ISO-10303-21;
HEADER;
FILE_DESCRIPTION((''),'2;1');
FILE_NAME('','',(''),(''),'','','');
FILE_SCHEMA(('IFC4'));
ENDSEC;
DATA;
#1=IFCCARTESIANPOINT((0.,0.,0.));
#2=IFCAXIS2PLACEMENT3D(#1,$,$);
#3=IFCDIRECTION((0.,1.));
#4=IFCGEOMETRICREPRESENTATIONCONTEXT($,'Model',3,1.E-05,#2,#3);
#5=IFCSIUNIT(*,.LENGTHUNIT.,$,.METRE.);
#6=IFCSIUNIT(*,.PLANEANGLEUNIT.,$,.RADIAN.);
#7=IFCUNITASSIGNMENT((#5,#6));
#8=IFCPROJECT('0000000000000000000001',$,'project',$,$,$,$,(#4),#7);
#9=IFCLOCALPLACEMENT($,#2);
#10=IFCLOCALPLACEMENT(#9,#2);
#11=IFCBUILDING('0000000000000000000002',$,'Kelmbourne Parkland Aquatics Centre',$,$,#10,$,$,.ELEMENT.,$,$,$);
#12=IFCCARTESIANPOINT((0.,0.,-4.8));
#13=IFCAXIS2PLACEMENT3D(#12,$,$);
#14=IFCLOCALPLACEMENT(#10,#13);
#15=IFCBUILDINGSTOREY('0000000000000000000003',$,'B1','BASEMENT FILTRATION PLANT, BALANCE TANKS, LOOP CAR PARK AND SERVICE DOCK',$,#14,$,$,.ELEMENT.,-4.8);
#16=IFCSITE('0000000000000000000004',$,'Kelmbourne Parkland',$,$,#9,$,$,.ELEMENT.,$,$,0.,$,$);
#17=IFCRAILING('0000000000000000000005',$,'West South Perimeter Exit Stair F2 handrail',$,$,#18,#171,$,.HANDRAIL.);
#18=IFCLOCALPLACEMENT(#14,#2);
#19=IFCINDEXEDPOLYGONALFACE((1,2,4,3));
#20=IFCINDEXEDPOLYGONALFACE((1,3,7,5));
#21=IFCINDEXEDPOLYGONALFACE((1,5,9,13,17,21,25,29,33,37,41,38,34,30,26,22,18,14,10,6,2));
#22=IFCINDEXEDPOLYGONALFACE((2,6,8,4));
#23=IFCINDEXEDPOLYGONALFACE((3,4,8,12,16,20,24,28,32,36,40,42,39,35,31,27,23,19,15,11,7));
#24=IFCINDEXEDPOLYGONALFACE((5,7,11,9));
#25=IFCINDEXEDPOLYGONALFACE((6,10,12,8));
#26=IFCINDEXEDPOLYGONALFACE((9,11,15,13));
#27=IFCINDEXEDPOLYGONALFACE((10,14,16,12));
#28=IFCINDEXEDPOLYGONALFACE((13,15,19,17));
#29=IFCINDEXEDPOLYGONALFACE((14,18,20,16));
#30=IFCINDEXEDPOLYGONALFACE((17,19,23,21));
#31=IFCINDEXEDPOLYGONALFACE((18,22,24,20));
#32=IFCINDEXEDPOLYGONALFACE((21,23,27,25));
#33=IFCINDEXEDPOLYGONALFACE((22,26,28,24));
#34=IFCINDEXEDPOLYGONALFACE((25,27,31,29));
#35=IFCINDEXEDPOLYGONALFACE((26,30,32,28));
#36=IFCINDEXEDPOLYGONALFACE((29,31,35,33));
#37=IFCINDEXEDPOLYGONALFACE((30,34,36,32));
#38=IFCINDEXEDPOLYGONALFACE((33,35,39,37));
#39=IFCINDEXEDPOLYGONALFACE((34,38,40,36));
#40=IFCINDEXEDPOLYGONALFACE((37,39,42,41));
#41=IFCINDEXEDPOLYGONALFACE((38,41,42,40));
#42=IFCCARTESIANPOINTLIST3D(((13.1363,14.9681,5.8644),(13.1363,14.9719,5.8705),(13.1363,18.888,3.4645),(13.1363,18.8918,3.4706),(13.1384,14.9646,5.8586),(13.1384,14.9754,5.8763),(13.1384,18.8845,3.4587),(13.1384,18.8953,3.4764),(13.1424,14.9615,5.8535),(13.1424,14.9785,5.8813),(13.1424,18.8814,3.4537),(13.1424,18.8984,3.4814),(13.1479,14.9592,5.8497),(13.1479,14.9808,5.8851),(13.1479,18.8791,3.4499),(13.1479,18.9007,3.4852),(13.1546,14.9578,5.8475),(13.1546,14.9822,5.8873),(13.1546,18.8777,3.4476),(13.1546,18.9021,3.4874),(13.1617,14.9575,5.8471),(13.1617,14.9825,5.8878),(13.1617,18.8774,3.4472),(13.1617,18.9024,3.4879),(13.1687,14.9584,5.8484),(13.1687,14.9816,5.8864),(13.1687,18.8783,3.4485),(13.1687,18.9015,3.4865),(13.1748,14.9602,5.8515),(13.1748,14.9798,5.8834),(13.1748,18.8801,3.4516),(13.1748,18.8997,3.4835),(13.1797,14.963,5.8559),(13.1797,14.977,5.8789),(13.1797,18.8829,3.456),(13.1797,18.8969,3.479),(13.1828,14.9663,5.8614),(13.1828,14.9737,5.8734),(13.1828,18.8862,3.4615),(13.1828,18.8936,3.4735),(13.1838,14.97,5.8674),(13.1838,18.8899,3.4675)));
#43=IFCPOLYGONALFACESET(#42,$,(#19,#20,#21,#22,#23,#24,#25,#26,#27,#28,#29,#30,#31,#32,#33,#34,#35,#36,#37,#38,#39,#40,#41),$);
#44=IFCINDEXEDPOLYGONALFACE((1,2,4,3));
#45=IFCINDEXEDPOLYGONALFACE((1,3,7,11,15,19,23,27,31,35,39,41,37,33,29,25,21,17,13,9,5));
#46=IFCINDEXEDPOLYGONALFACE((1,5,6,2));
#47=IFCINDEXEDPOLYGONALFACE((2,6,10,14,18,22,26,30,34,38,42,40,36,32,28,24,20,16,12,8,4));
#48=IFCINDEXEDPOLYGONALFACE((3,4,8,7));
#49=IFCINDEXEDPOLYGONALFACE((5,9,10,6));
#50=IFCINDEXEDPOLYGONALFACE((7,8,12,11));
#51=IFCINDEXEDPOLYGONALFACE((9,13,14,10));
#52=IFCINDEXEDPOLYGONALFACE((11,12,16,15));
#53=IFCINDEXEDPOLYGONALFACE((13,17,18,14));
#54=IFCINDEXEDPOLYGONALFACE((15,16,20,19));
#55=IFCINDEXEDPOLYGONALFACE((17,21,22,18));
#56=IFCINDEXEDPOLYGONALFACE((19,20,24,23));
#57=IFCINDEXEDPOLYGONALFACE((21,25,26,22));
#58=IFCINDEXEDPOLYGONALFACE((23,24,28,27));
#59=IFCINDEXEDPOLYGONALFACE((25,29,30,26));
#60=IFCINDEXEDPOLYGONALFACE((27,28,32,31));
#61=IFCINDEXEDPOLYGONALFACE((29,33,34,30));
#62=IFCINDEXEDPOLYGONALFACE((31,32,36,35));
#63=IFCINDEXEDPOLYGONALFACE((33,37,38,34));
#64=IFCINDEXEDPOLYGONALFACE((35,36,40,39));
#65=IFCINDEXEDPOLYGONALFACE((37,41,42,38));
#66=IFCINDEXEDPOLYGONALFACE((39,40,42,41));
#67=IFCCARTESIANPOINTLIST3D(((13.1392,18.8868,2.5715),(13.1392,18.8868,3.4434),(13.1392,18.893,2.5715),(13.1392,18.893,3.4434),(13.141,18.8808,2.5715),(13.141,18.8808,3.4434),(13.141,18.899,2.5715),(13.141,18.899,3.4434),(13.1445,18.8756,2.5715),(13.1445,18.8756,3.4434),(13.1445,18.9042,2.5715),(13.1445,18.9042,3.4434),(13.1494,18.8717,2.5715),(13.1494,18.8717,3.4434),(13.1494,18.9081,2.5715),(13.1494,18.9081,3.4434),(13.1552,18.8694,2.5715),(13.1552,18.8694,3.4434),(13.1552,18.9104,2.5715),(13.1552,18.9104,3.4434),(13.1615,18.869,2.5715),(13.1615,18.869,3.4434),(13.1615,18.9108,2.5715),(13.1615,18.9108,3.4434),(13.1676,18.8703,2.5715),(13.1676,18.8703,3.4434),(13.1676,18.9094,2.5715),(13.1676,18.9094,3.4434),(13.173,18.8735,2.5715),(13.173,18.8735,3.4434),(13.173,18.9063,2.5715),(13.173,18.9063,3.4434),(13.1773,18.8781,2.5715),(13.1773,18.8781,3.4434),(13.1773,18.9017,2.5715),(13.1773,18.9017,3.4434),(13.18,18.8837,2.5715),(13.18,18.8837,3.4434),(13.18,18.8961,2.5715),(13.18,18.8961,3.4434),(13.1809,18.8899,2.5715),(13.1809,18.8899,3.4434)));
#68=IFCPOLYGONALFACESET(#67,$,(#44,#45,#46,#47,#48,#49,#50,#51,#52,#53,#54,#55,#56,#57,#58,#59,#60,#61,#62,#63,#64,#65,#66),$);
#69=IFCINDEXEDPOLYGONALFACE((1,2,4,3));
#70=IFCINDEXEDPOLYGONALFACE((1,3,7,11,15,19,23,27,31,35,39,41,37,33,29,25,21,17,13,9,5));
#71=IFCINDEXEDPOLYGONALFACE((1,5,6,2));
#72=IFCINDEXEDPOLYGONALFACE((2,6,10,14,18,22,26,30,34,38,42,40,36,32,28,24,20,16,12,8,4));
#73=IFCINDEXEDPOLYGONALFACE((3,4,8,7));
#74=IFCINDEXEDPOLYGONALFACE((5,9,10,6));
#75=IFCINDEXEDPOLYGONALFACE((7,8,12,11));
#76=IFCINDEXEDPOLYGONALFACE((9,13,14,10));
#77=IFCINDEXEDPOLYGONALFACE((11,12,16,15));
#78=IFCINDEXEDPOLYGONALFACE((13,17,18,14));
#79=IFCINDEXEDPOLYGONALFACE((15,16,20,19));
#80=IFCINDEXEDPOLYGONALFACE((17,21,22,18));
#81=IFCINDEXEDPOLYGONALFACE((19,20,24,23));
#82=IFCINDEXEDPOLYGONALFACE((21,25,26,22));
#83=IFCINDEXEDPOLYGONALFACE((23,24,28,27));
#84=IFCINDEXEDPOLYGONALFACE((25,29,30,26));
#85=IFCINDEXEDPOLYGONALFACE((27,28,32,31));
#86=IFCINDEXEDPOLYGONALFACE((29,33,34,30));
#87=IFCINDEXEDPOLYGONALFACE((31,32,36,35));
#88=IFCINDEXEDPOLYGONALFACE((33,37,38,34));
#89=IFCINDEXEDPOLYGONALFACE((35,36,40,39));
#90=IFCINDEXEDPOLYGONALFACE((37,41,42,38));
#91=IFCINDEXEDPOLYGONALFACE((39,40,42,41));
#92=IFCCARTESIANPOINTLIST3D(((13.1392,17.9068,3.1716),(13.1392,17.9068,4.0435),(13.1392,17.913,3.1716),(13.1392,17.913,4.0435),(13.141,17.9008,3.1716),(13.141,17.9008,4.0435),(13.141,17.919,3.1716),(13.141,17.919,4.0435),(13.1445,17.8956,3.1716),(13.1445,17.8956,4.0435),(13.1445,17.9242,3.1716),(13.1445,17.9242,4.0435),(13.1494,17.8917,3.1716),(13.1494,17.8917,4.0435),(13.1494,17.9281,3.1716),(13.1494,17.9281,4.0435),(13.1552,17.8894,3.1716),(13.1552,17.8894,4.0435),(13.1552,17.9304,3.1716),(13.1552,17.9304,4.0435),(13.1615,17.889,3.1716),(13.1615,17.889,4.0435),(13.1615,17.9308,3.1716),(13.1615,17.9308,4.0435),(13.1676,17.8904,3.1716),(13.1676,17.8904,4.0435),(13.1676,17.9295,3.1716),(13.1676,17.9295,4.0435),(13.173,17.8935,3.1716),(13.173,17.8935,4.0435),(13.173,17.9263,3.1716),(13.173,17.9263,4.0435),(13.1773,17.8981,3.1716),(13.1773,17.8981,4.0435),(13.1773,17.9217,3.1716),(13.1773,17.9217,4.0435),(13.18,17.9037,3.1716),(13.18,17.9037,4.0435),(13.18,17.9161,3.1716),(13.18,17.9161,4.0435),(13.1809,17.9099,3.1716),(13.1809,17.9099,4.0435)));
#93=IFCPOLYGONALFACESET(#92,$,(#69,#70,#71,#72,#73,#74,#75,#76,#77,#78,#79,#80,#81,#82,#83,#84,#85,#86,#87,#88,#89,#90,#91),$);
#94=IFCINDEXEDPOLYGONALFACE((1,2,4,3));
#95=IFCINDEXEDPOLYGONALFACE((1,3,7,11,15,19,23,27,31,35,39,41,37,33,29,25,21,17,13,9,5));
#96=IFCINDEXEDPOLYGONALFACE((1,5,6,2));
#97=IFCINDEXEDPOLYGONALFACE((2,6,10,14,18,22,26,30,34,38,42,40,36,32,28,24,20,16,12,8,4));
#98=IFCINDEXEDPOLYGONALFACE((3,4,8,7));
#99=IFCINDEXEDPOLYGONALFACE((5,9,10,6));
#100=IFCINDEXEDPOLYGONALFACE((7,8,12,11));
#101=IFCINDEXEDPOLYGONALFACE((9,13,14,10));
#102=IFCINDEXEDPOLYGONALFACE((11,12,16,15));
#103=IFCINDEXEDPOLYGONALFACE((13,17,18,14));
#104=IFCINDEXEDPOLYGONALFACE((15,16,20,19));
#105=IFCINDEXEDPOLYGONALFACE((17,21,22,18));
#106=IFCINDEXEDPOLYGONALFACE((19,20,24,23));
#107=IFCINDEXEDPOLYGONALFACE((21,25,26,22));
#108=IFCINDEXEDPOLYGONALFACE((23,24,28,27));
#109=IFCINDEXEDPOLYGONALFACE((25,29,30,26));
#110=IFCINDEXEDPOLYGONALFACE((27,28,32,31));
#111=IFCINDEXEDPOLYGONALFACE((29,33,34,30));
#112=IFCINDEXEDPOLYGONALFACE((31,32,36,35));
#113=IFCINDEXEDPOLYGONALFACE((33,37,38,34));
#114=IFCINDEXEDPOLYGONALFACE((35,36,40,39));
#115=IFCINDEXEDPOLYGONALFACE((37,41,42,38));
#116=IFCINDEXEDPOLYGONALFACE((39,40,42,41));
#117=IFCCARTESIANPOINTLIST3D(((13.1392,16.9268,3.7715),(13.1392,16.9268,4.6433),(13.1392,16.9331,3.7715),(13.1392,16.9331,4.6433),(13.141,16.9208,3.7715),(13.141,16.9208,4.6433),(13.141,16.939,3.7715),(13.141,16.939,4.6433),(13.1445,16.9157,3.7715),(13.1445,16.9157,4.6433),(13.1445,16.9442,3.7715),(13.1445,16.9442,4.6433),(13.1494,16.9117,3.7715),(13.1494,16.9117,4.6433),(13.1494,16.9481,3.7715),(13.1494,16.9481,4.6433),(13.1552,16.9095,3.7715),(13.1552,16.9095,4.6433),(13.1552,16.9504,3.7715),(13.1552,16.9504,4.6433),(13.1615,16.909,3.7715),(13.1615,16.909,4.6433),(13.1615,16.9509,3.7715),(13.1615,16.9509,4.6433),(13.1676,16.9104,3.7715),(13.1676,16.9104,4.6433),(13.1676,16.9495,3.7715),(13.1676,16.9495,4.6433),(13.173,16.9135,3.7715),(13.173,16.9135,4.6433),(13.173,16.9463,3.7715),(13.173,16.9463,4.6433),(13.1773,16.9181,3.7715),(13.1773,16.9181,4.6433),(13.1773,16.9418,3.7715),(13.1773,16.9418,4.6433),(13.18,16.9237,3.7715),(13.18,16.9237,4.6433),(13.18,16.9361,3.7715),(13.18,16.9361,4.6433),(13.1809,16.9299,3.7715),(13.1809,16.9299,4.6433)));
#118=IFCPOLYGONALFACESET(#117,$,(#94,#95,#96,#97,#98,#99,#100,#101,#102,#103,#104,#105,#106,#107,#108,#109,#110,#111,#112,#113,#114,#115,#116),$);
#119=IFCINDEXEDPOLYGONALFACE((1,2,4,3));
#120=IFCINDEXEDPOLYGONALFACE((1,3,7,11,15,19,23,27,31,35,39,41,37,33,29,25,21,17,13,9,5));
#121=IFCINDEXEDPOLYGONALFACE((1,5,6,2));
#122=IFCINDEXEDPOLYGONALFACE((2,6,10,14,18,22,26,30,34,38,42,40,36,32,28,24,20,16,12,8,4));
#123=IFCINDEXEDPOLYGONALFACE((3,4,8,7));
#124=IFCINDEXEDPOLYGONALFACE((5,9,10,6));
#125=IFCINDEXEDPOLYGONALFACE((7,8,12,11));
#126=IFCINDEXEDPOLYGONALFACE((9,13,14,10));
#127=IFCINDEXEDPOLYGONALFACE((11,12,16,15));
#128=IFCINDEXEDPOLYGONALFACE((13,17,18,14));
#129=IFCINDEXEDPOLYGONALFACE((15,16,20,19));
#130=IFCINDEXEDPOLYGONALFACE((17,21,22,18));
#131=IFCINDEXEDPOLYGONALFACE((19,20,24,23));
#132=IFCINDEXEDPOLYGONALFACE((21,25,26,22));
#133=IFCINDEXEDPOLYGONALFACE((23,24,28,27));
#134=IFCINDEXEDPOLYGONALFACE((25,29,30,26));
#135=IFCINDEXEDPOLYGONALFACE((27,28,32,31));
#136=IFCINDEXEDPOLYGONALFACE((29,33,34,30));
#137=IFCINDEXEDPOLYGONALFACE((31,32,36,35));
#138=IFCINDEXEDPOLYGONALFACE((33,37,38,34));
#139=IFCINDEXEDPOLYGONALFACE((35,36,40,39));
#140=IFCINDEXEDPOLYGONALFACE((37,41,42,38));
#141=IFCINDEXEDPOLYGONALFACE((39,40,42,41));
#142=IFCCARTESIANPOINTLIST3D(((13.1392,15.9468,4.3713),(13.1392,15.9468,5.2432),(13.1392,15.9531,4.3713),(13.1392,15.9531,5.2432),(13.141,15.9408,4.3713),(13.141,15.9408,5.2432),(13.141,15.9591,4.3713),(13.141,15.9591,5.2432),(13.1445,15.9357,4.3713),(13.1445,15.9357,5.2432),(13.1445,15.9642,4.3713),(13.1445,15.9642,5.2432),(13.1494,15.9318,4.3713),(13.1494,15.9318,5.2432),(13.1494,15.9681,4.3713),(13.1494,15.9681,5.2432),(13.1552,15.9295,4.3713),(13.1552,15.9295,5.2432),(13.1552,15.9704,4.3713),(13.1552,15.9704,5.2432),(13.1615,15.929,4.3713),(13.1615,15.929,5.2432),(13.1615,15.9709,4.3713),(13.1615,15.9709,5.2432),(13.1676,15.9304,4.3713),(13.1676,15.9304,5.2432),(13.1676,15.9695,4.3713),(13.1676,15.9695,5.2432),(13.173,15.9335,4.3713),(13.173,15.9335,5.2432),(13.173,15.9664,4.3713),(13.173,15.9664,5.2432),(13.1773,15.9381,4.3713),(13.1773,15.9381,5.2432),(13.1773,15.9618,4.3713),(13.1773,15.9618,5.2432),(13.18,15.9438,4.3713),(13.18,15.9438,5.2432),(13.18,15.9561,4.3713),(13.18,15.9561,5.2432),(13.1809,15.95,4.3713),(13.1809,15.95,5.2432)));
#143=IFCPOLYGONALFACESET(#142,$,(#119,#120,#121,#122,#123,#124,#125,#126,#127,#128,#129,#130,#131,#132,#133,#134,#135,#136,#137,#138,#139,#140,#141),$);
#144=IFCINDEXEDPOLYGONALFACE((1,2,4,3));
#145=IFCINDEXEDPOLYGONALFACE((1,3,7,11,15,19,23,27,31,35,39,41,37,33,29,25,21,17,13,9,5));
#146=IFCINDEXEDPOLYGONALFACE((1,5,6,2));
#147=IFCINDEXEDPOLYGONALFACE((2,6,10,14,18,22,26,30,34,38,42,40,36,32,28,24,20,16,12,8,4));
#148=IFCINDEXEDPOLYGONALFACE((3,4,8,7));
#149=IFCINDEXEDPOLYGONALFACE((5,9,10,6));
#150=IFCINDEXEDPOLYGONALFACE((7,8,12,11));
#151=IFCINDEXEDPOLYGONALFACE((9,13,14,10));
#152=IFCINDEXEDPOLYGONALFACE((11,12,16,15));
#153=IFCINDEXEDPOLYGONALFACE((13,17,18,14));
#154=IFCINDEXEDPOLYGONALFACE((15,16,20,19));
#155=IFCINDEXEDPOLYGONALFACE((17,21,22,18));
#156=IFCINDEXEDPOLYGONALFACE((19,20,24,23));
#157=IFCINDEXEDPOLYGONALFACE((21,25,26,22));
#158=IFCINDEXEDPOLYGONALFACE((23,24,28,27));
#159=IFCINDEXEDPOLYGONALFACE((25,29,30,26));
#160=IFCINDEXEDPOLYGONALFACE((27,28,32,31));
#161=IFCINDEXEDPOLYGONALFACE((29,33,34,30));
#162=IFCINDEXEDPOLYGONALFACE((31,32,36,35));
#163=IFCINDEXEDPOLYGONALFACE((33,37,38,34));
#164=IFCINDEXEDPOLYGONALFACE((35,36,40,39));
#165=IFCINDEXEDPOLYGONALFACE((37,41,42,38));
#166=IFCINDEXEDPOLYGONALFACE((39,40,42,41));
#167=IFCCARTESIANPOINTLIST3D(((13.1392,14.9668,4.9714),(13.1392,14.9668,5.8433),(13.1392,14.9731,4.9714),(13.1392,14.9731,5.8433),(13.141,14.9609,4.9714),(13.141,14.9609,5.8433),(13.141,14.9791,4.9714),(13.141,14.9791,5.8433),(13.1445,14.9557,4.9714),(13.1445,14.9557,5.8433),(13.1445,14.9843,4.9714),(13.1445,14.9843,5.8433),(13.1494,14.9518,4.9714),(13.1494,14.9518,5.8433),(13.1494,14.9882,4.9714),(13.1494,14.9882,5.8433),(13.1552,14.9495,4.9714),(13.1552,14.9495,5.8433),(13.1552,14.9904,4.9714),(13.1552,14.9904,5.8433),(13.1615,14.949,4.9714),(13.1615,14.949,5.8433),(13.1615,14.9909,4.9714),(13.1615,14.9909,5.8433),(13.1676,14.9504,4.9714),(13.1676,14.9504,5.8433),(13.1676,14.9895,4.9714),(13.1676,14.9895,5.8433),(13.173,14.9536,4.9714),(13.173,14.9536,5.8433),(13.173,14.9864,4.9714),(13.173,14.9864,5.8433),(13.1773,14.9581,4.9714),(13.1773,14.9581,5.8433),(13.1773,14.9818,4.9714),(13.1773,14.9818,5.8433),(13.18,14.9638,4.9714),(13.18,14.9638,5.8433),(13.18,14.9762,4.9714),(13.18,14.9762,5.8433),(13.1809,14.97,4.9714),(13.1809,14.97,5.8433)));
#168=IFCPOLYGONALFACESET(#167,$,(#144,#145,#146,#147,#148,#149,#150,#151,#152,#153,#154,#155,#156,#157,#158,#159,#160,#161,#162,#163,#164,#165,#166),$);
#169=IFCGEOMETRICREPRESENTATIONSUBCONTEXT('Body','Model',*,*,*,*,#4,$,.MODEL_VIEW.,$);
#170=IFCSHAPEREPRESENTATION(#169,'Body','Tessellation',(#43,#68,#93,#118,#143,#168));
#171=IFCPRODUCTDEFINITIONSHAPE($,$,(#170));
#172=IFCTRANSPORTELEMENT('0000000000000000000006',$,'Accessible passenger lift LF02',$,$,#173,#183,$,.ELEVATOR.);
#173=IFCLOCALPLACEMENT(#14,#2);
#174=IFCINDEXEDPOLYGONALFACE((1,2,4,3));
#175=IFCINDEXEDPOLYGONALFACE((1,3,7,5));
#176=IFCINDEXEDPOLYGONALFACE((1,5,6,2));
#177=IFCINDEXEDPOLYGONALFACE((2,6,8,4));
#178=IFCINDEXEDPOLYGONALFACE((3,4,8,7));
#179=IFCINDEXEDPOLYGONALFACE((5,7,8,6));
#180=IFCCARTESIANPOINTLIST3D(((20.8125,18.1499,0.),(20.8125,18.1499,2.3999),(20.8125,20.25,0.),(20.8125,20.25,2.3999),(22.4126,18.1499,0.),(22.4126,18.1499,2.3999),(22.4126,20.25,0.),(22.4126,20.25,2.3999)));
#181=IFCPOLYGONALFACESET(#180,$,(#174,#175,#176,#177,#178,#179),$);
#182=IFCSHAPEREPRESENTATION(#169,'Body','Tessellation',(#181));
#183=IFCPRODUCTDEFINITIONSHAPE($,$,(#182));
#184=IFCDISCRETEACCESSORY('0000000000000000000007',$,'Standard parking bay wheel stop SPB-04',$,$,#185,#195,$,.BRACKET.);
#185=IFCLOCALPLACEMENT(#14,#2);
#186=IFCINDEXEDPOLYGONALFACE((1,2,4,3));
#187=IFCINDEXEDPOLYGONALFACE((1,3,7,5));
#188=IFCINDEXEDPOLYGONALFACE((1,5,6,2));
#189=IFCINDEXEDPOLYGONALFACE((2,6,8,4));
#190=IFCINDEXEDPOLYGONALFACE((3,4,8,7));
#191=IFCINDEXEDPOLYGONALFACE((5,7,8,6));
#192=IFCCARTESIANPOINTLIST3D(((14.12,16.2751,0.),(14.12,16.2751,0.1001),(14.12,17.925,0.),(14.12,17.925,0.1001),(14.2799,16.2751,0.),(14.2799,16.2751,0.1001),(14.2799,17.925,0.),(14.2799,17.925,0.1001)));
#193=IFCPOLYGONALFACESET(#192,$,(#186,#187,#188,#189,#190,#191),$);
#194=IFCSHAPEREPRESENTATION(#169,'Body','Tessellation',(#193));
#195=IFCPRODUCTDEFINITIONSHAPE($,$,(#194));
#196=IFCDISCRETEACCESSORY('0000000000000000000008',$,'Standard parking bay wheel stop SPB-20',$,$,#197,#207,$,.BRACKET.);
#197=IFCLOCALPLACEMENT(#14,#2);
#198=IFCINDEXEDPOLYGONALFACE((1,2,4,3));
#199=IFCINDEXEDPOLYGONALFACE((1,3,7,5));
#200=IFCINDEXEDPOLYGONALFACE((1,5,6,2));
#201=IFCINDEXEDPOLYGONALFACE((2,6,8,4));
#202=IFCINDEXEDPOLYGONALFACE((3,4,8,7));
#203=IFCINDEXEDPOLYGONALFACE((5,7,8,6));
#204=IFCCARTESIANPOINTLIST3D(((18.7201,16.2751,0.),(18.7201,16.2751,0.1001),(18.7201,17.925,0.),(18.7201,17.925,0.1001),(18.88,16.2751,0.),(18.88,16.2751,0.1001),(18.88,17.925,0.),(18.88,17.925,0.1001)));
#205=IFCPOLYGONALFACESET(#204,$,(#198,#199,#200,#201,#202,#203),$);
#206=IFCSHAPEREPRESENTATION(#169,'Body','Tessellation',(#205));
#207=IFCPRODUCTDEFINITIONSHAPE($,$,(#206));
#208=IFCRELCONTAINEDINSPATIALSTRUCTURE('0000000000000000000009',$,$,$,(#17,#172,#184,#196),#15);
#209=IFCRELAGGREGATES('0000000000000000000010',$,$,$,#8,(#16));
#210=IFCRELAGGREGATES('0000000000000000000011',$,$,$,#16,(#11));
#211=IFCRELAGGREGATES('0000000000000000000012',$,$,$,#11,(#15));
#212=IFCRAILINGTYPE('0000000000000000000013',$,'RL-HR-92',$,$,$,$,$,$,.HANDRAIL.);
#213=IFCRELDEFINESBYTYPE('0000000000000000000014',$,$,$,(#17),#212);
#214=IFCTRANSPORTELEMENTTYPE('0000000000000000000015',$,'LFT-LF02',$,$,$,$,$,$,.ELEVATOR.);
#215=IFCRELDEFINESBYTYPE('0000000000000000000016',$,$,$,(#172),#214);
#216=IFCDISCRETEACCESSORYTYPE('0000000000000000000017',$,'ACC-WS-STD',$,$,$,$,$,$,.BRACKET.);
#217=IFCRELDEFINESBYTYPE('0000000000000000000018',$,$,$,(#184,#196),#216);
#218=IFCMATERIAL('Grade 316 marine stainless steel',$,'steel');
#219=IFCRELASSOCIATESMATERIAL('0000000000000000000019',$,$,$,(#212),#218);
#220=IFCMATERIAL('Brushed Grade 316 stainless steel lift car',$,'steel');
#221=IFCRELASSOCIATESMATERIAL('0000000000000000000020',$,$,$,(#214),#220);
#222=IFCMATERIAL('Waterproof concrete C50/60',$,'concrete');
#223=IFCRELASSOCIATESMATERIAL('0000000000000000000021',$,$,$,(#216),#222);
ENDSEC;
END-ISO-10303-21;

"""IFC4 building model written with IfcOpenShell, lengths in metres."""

from ifc_helpers import new_model, si_unit, direction, frame, origin, origin_2d, place, context, subcontext, project, spatial, rectangle, circle, extrude, material, type_object, element, save


model = new_model("IFC4")

# Units and contexts
model_context = context("Model", 3, precision=1e-05, world=origin(), true_north=direction((0.0, 1.0)))
body_context = subcontext(model_context, "Body", "Model", "MODEL_VIEW")
ifc_project = project(units=[si_unit("LENGTHUNIT", "METRE"), si_unit("PLANEANGLEUNIT", "RADIAN")], contexts=[model_context])

# Site, building, storey
site_placement = place(None, origin())
site = spatial("IfcSite", under=ifc_project, at=site_placement, Name="Kelmbourne Parkland", CompositionType="ELEMENT", RefElevation=0.0)
building_placement = place(site_placement, origin())
building = spatial("IfcBuilding", under=site, at=building_placement, Name="Kelmbourne Parkland Aquatics Centre", CompositionType="ELEMENT")
storey_placement = place(building_placement, frame((0.0, 0.0, -4.8)))
storey = spatial("IfcBuildingStorey", under=building, at=storey_placement, Name="B1", Description="BASEMENT FILTRATION PLANT, BALANCE TANKS, LOOP CAR PARK AND SERVICE DOCK", CompositionType="ELEMENT", Elevation=-4.8)

# Shared definitions
ifc_material_1 = material(Name="Waterproof concrete C50/60", Category="concrete")

# Railing
ifc_material_2 = material(Name="Grade 316 marine stainless steel", Category="steel")
railing_type = type_object("IfcRailingType", Name="RL-HR-92", PredefinedType="HANDRAIL", material=ifc_material_2)
railing_1_placement = place(storey_placement, frame((13.1599, 18.8899, 2.5715)))
element("IfcRailing", 1, at=railing_1_placement, inside=storey, type_object=railing_type, Name="West South Perimeter Exit Stair F2 handrail", PredefinedType="HANDRAIL", context=body_context, shape_type="SweptSolid", body=[
    extrude(circle(Radius=0.0239, at=origin_2d()), frame((0.0, 0.0, 0.896), z_axis=(0.0, -0.852856, 0.522146), x_axis=(1.0, 0.0, 0.0)), (0.0, 0.0, 1.0), 4.5962),
    extrude(circle(Radius=0.021, at=origin_2d()), origin(), (0.0, 0.0, 1.0), 0.8718),
    extrude(circle(Radius=0.021, at=origin_2d()), frame((0.0, -0.98, 0.6001)), (0.0, 0.0, 1.0), 0.8718),
    extrude(circle(Radius=0.021, at=origin_2d()), frame((0.0, -1.96, 1.2)), (0.0, 0.0, 1.0), 0.8718),
    extrude(circle(Radius=0.021, at=origin_2d()), frame((0.0, -2.9399, 1.7998)), (0.0, 0.0, 1.0), 0.8718),
    extrude(circle(Radius=0.021, at=origin_2d()), frame((0.0, -3.9199, 2.3999)), (0.0, 0.0, 1.0), 0.8718),
])

# Transport element
ifc_material_3 = material(Name="Brushed Grade 316 stainless steel lift car", Category="steel")
transport_element_type = type_object("IfcTransportElementType", Name="LFT-LF02", PredefinedType="ELEVATOR", material=ifc_material_3)
transport_element_placement = place(storey_placement, frame((21.6125, 19.2, 0.0), z_axis=(0.0, 0.0, 1.0), x_axis=(1.0, 0.0, 0.0)))
element("IfcTransportElement", 2, at=transport_element_placement, inside=storey, type_object=transport_element_type, Name="Accessible passenger lift LF02", PredefinedType="ELEVATOR", context=body_context, shape_type="SweptSolid", body=[
    extrude(rectangle(XDim=1.6001, YDim=2.1001, at=origin_2d()), origin(), (0.0, 0.0, 1.0), 2.3999),
])

# Discrete accessories
discrete_accessory_type = type_object("IfcDiscreteAccessoryType", Name="ACC-WS-STD", PredefinedType="BRACKET", material=ifc_material_1)
for number, where, z_axis, x_axis, name in (
    (3, (14.2, 17.1001, 0.0), (0.0, 0.0, 1.0), (1.0, 0.0, 0.0), "Standard parking bay wheel stop SPB-04"),
    (4, (18.8, 17.1001, 0.0), (0.0, 0.0, 1.0), (1.0, 0.0, 0.0), "Standard parking bay wheel stop SPB-20"),
):
    element("IfcDiscreteAccessory", number, at=place(storey_placement, frame(where, z_axis=z_axis, x_axis=x_axis)), inside=storey, type_object=discrete_accessory_type, Name=name, PredefinedType="BRACKET", context=body_context, shape_type="SweptSolid", body=[
        extrude(rectangle(XDim=0.1599, YDim=1.6499, at=origin_2d()), origin(), (0.0, 0.0, 1.0), 0.1001),
    ])

save(model, "model.ifc")
